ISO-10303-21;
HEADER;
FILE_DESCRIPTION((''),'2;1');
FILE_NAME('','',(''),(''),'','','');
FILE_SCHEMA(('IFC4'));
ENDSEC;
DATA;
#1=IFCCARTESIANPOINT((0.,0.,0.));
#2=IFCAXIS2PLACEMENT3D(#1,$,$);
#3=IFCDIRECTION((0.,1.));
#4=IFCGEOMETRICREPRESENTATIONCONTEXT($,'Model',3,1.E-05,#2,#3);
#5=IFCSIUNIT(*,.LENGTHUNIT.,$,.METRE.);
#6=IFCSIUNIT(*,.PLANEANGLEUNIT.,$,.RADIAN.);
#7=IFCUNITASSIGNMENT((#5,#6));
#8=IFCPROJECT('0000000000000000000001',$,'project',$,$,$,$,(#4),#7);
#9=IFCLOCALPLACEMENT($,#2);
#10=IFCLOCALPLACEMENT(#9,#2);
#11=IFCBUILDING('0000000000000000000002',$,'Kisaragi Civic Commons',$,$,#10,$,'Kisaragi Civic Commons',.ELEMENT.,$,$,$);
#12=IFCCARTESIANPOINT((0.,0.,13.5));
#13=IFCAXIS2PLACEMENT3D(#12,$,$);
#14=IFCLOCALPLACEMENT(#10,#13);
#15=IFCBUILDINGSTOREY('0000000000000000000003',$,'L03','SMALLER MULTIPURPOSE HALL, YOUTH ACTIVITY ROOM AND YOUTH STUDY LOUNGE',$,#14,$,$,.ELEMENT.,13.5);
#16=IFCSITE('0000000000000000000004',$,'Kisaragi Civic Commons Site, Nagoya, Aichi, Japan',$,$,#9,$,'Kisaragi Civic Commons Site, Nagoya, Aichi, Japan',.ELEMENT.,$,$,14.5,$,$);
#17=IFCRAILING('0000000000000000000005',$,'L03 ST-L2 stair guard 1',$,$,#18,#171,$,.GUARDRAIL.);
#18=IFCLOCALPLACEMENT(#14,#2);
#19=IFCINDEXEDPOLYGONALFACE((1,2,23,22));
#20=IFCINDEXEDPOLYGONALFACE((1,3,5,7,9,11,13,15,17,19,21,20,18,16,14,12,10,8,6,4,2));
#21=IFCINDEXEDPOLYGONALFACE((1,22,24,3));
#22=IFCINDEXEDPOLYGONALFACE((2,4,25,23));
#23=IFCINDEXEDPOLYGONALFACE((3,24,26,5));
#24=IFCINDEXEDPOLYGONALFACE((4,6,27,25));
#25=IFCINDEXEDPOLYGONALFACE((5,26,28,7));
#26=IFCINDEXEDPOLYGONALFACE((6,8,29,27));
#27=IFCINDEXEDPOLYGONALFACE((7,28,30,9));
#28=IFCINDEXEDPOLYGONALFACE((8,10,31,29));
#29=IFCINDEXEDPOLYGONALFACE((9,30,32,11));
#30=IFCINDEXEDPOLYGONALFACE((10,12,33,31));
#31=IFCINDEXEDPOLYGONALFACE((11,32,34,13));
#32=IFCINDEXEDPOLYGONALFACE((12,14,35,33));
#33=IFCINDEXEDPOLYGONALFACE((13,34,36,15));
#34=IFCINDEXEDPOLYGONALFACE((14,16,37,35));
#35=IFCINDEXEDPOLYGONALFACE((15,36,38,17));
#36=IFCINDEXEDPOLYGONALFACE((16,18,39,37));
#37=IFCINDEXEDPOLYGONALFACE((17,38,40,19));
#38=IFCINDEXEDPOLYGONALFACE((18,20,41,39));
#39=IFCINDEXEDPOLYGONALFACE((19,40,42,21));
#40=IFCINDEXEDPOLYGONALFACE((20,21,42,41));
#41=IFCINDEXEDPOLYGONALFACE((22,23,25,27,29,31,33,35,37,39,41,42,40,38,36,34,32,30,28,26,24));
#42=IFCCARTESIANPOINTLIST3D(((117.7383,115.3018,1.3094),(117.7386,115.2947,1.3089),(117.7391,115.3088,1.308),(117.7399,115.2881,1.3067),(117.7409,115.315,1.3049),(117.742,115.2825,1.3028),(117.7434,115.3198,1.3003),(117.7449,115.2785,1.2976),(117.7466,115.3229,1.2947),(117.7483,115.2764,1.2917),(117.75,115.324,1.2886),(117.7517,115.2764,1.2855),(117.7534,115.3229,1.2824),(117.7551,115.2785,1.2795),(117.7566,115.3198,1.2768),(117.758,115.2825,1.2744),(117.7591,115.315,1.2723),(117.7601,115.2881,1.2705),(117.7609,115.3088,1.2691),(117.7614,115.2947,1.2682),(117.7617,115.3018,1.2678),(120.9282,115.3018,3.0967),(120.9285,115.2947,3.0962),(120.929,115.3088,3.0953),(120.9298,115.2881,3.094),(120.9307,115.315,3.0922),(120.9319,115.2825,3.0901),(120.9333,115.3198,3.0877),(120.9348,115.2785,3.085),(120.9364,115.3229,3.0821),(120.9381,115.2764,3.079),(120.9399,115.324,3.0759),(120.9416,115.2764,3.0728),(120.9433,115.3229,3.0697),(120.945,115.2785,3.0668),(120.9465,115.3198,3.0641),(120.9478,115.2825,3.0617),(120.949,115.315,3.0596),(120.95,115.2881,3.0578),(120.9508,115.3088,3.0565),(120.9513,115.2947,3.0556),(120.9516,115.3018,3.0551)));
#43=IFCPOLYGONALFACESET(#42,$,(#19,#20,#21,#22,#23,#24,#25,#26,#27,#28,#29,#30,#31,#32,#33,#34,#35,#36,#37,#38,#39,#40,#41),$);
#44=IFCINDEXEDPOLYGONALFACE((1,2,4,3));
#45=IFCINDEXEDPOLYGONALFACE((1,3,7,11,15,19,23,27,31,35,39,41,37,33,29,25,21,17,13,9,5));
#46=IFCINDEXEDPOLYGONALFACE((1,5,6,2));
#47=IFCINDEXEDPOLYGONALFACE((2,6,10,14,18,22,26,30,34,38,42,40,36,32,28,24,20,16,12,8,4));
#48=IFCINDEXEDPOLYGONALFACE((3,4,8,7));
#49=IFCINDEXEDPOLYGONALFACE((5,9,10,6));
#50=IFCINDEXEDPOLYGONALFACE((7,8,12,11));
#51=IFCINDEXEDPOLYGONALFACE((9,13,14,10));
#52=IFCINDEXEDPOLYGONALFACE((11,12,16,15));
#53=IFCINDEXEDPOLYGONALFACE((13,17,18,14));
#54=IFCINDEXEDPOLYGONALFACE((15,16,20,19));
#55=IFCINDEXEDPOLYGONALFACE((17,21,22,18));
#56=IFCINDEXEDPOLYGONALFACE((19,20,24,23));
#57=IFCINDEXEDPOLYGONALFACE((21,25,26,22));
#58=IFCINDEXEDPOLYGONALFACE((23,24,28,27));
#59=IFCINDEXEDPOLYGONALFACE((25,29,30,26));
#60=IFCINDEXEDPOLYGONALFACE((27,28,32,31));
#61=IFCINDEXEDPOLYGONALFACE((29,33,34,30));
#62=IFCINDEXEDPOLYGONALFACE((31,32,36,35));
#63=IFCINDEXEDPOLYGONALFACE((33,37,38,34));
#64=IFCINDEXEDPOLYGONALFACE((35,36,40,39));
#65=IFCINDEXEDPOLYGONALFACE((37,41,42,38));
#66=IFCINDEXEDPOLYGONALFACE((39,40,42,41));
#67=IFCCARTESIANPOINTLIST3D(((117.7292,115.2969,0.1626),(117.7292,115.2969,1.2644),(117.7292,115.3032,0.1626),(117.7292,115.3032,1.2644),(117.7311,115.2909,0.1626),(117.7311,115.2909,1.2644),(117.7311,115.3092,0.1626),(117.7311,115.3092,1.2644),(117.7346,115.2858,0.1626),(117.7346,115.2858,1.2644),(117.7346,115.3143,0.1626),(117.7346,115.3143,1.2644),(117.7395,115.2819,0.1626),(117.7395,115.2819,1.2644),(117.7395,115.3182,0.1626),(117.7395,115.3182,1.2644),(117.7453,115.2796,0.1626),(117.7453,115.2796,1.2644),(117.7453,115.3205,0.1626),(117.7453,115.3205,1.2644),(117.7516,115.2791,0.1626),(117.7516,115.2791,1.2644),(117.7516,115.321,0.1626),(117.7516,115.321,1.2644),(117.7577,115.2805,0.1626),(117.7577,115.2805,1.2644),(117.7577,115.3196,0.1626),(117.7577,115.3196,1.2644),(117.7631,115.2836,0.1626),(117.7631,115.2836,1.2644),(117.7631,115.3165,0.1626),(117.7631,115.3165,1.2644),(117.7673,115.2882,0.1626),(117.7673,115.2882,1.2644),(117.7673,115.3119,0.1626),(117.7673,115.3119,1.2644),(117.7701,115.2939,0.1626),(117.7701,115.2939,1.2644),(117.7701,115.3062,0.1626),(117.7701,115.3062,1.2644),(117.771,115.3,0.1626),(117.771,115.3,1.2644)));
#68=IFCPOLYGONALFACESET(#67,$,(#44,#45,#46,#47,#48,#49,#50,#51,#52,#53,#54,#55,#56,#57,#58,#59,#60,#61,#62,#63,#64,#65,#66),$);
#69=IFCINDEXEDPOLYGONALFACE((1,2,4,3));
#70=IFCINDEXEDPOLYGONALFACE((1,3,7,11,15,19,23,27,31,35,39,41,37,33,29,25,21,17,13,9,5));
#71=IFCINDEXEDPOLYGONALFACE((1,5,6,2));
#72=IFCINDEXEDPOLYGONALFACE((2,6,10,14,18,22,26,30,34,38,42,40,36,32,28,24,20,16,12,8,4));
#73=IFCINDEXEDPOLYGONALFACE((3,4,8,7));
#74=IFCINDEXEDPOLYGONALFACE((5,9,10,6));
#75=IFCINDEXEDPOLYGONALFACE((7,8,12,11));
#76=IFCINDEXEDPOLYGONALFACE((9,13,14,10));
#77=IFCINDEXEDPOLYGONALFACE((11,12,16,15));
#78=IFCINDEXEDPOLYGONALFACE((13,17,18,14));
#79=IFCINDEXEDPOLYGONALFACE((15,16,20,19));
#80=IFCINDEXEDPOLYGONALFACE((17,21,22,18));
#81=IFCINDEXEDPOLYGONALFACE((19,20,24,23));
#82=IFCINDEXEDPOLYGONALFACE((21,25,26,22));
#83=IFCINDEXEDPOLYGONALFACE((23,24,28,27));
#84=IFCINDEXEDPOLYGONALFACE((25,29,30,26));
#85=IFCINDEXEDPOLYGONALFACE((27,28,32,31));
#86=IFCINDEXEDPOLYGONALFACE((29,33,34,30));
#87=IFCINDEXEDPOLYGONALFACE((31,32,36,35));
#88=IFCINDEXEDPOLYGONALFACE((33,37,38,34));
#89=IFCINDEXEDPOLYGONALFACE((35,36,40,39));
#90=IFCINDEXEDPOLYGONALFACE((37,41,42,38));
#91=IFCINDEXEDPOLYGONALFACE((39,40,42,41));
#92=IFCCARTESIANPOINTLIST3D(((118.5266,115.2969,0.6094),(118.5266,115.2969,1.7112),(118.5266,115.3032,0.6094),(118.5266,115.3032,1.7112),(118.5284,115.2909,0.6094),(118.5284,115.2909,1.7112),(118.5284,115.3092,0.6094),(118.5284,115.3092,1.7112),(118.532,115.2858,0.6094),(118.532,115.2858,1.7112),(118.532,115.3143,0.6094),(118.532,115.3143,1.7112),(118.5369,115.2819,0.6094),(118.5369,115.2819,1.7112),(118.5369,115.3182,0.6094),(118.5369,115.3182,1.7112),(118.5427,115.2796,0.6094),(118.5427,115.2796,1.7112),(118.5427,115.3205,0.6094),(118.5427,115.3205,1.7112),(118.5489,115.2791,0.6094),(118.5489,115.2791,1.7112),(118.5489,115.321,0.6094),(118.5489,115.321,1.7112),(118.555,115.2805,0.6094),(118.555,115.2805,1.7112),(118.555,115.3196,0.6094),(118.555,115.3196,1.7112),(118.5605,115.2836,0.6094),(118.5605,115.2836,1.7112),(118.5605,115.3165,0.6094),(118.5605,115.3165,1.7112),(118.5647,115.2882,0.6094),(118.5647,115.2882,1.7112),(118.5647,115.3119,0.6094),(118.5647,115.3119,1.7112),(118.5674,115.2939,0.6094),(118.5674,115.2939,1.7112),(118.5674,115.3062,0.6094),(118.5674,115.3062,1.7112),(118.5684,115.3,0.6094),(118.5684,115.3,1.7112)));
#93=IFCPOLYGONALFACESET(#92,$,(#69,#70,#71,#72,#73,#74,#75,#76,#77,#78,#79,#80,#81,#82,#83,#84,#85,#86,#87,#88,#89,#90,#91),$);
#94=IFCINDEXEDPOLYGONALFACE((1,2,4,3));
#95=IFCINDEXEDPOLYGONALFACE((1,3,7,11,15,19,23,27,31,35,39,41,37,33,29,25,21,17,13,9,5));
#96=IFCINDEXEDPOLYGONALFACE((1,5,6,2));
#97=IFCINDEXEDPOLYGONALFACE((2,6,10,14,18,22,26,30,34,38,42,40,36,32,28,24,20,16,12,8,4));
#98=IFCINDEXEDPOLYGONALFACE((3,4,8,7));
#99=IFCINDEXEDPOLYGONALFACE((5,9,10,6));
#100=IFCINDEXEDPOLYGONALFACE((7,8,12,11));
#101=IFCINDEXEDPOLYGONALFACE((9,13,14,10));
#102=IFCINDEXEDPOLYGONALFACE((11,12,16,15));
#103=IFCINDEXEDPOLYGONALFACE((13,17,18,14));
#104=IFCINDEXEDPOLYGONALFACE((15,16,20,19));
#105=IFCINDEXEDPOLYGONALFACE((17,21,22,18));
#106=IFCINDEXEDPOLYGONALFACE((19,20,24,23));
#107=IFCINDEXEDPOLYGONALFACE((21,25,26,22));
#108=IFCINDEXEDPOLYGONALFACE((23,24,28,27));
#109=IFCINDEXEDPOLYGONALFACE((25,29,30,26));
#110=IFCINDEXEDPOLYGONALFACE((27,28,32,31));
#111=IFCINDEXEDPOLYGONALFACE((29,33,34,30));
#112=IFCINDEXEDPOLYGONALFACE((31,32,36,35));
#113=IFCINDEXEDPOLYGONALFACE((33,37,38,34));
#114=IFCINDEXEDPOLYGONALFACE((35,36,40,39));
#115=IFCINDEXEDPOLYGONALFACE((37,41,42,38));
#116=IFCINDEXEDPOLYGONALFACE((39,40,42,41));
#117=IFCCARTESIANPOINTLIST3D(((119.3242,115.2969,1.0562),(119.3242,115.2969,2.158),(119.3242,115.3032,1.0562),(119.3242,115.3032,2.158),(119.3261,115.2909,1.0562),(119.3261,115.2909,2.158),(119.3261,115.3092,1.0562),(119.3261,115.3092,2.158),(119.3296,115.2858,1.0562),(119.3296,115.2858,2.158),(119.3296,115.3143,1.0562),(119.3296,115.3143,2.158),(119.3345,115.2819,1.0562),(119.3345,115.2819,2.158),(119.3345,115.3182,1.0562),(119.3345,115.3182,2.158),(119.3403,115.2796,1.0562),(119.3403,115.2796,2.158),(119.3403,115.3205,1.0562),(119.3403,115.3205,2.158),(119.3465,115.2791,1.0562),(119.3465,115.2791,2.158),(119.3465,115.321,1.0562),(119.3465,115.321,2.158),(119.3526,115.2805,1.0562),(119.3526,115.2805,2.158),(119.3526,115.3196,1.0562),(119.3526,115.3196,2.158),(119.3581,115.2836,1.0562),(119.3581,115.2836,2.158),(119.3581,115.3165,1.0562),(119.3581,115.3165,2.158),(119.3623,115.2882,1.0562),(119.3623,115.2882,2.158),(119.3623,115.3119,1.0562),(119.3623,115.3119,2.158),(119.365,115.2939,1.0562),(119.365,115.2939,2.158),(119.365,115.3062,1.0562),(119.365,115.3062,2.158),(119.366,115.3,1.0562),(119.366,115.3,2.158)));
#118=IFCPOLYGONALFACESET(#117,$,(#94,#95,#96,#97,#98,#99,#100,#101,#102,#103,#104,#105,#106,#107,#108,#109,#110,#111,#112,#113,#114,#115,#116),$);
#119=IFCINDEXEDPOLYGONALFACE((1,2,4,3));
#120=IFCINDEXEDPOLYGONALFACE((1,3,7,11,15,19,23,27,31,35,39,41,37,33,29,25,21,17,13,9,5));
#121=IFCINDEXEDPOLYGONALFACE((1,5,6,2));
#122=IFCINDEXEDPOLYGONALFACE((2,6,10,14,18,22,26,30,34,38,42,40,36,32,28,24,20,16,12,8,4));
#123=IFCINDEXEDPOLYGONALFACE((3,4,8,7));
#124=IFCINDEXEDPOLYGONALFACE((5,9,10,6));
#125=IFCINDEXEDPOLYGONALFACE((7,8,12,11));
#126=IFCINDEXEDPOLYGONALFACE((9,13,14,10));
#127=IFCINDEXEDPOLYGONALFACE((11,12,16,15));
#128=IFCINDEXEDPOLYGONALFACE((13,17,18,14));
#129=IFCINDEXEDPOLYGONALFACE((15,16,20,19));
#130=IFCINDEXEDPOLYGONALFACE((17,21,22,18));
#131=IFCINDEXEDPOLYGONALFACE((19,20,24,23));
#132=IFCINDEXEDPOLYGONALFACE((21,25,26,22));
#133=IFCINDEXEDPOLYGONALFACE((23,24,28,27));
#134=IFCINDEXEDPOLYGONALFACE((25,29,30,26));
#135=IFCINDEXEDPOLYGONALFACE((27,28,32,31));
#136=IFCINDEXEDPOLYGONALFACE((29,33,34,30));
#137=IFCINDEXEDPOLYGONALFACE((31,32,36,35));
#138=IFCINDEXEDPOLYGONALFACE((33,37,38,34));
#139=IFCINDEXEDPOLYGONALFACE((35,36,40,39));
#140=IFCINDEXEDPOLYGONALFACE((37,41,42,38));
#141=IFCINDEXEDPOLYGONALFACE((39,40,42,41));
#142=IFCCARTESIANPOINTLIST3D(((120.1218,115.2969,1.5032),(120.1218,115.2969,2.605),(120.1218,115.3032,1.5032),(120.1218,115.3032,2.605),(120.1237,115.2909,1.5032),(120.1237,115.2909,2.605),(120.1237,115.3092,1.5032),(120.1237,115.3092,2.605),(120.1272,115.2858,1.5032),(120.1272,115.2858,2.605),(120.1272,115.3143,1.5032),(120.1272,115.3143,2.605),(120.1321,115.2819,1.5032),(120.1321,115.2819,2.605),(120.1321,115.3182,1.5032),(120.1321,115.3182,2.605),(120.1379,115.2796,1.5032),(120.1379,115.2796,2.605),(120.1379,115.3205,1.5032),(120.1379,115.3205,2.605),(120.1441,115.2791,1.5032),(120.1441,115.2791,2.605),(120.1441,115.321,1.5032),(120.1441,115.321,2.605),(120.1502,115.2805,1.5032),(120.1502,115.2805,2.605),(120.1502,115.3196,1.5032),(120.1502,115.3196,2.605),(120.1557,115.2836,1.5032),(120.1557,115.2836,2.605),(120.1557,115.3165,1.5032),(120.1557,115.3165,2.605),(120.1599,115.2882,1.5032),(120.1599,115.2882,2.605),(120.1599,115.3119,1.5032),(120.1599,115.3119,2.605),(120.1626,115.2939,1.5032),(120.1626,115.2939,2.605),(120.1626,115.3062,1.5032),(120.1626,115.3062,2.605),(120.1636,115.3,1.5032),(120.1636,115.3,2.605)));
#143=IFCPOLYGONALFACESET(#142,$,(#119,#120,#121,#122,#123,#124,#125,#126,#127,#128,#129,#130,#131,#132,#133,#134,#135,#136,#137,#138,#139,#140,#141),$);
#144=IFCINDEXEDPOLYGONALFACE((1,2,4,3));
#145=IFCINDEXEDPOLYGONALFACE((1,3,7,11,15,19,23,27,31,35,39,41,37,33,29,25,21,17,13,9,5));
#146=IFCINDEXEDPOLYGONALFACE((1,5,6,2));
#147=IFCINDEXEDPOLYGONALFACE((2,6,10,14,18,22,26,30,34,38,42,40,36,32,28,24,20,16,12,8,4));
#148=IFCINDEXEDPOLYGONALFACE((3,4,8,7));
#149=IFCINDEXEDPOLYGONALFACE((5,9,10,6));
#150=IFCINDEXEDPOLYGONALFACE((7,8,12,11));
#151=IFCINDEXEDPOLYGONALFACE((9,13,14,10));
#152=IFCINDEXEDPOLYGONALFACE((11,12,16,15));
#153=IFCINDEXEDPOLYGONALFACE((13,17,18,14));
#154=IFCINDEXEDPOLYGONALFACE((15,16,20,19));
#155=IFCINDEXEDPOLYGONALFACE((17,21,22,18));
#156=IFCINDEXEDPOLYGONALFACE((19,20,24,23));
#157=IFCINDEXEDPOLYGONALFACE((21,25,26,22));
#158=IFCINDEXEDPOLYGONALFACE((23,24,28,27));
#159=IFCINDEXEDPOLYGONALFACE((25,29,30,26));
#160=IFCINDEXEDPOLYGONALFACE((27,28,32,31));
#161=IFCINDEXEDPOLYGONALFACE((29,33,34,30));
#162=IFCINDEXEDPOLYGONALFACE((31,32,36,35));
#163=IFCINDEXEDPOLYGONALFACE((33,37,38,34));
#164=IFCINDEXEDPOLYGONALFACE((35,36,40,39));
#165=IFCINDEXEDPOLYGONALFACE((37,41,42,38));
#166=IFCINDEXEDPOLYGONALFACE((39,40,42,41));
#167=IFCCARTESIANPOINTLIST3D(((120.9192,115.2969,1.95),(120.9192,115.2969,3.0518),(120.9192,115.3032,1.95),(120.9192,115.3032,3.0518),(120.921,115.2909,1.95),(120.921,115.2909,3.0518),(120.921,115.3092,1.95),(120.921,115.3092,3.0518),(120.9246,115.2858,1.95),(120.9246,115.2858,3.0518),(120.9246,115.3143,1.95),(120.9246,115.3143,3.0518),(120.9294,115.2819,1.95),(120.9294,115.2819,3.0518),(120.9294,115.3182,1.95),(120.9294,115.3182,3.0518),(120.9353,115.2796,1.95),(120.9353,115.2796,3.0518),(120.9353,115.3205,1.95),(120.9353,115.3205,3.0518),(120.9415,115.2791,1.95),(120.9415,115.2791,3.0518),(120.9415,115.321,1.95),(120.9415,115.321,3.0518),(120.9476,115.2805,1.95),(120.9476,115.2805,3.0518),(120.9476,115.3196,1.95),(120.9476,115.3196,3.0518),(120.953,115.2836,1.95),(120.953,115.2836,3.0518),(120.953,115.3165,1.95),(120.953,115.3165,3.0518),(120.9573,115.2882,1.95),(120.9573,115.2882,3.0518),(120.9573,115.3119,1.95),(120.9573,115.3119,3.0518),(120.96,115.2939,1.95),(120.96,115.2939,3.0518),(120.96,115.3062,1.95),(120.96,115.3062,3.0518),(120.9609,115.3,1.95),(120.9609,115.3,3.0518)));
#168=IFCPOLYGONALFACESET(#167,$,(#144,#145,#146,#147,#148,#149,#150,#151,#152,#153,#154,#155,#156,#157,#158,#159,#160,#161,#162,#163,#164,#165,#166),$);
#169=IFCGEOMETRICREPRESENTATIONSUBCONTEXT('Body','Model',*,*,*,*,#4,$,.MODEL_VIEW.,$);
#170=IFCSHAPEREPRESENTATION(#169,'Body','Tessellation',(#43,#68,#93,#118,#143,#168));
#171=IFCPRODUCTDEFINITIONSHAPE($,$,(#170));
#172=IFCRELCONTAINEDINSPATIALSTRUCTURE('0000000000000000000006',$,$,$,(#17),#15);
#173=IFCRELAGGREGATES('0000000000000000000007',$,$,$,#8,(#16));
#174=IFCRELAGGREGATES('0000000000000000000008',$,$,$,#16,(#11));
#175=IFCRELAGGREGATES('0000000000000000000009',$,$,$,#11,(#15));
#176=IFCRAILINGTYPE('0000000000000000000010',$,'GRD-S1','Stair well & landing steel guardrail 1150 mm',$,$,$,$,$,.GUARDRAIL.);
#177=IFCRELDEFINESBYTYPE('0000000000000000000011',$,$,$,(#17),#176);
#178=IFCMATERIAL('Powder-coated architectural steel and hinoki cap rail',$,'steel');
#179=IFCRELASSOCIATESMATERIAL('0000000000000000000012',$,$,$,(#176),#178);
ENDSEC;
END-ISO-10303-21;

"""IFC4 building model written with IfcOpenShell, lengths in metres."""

from ifc_helpers import new_model, si_unit, direction, frame, origin, origin_2d, place, context, subcontext, project, spatial, circle, extrude, material, type_object, element, save


model = new_model("IFC4")

# Units and contexts
model_context = context("Model", 3, precision=1e-05, world=origin(), true_north=direction((0.0, 1.0)))
body_context = subcontext(model_context, "Body", "Model", "MODEL_VIEW")
ifc_project = project(units=[si_unit("LENGTHUNIT", "METRE"), si_unit("PLANEANGLEUNIT", "RADIAN")], contexts=[model_context])

# Site, building, storey
site_placement = place(None, origin())
site = spatial("IfcSite", under=ifc_project, at=site_placement, Name="Kisaragi Civic Commons Site, Nagoya, Aichi, Japan", LongName="Kisaragi Civic Commons Site, Nagoya, Aichi, Japan", CompositionType="ELEMENT", RefElevation=14.5)
building_placement = place(site_placement, origin())
building = spatial("IfcBuilding", under=site, at=building_placement, Name="Kisaragi Civic Commons", LongName="Kisaragi Civic Commons", CompositionType="ELEMENT")
storey_placement = place(building_placement, frame((0.0, 0.0, 13.5)))
storey = spatial("IfcBuildingStorey", under=building, at=storey_placement, Name="L03", Description="SMALLER MULTIPURPOSE HALL, YOUTH ACTIVITY ROOM AND YOUTH STUDY LOUNGE", CompositionType="ELEMENT", Elevation=13.5)

# Railing
ifc_material_1 = material(Name="Powder-coated architectural steel and hinoki cap rail", Category="steel")
railing_type_1 = type_object("IfcRailingType", Name="GRD-S1", Description="Stair well & landing steel guardrail 1150 mm", PredefinedType="GUARDRAIL", material=ifc_material_1)
railing_1_placement = place(storey_placement, frame((117.75, 115.3, 0.1626)))
element("IfcRailing", 1, at=railing_1_placement, inside=storey, type_object=railing_type_1, Name="L03 ST-L2 stair guard 1", PredefinedType="GUARDRAIL", context=body_context, shape_type="SweptSolid", body=[
    extrude(circle(Radius=0.0239, at=origin_2d()), frame((0.0, 0.0, 1.126), z_axis=(0.872391, 0.0, 0.488809), x_axis=(0.0, 1.0, 0.0)), (0.0, 0.0, 1.0), 3.6565),
    extrude(circle(Radius=0.021, at=origin_2d()), origin(), (0.0, 0.0, 1.0), 1.1018),
    extrude(circle(Radius=0.021, at=origin_2d()), frame((0.7974, 0.0, 0.4468)), (0.0, 0.0, 1.0), 1.1018),
    extrude(circle(Radius=0.021, at=origin_2d()), frame((1.595, 0.0, 0.8936)), (0.0, 0.0, 1.0), 1.1018),
    extrude(circle(Radius=0.021, at=origin_2d()), frame((2.3926, 0.0, 1.3406)), (0.0, 0.0, 1.0), 1.1018),
    extrude(circle(Radius=0.021, at=origin_2d()), frame((3.1899, 0.0, 1.7874)), (0.0, 0.0, 1.0), 1.1018),
])

save(model, "model.ifc")
